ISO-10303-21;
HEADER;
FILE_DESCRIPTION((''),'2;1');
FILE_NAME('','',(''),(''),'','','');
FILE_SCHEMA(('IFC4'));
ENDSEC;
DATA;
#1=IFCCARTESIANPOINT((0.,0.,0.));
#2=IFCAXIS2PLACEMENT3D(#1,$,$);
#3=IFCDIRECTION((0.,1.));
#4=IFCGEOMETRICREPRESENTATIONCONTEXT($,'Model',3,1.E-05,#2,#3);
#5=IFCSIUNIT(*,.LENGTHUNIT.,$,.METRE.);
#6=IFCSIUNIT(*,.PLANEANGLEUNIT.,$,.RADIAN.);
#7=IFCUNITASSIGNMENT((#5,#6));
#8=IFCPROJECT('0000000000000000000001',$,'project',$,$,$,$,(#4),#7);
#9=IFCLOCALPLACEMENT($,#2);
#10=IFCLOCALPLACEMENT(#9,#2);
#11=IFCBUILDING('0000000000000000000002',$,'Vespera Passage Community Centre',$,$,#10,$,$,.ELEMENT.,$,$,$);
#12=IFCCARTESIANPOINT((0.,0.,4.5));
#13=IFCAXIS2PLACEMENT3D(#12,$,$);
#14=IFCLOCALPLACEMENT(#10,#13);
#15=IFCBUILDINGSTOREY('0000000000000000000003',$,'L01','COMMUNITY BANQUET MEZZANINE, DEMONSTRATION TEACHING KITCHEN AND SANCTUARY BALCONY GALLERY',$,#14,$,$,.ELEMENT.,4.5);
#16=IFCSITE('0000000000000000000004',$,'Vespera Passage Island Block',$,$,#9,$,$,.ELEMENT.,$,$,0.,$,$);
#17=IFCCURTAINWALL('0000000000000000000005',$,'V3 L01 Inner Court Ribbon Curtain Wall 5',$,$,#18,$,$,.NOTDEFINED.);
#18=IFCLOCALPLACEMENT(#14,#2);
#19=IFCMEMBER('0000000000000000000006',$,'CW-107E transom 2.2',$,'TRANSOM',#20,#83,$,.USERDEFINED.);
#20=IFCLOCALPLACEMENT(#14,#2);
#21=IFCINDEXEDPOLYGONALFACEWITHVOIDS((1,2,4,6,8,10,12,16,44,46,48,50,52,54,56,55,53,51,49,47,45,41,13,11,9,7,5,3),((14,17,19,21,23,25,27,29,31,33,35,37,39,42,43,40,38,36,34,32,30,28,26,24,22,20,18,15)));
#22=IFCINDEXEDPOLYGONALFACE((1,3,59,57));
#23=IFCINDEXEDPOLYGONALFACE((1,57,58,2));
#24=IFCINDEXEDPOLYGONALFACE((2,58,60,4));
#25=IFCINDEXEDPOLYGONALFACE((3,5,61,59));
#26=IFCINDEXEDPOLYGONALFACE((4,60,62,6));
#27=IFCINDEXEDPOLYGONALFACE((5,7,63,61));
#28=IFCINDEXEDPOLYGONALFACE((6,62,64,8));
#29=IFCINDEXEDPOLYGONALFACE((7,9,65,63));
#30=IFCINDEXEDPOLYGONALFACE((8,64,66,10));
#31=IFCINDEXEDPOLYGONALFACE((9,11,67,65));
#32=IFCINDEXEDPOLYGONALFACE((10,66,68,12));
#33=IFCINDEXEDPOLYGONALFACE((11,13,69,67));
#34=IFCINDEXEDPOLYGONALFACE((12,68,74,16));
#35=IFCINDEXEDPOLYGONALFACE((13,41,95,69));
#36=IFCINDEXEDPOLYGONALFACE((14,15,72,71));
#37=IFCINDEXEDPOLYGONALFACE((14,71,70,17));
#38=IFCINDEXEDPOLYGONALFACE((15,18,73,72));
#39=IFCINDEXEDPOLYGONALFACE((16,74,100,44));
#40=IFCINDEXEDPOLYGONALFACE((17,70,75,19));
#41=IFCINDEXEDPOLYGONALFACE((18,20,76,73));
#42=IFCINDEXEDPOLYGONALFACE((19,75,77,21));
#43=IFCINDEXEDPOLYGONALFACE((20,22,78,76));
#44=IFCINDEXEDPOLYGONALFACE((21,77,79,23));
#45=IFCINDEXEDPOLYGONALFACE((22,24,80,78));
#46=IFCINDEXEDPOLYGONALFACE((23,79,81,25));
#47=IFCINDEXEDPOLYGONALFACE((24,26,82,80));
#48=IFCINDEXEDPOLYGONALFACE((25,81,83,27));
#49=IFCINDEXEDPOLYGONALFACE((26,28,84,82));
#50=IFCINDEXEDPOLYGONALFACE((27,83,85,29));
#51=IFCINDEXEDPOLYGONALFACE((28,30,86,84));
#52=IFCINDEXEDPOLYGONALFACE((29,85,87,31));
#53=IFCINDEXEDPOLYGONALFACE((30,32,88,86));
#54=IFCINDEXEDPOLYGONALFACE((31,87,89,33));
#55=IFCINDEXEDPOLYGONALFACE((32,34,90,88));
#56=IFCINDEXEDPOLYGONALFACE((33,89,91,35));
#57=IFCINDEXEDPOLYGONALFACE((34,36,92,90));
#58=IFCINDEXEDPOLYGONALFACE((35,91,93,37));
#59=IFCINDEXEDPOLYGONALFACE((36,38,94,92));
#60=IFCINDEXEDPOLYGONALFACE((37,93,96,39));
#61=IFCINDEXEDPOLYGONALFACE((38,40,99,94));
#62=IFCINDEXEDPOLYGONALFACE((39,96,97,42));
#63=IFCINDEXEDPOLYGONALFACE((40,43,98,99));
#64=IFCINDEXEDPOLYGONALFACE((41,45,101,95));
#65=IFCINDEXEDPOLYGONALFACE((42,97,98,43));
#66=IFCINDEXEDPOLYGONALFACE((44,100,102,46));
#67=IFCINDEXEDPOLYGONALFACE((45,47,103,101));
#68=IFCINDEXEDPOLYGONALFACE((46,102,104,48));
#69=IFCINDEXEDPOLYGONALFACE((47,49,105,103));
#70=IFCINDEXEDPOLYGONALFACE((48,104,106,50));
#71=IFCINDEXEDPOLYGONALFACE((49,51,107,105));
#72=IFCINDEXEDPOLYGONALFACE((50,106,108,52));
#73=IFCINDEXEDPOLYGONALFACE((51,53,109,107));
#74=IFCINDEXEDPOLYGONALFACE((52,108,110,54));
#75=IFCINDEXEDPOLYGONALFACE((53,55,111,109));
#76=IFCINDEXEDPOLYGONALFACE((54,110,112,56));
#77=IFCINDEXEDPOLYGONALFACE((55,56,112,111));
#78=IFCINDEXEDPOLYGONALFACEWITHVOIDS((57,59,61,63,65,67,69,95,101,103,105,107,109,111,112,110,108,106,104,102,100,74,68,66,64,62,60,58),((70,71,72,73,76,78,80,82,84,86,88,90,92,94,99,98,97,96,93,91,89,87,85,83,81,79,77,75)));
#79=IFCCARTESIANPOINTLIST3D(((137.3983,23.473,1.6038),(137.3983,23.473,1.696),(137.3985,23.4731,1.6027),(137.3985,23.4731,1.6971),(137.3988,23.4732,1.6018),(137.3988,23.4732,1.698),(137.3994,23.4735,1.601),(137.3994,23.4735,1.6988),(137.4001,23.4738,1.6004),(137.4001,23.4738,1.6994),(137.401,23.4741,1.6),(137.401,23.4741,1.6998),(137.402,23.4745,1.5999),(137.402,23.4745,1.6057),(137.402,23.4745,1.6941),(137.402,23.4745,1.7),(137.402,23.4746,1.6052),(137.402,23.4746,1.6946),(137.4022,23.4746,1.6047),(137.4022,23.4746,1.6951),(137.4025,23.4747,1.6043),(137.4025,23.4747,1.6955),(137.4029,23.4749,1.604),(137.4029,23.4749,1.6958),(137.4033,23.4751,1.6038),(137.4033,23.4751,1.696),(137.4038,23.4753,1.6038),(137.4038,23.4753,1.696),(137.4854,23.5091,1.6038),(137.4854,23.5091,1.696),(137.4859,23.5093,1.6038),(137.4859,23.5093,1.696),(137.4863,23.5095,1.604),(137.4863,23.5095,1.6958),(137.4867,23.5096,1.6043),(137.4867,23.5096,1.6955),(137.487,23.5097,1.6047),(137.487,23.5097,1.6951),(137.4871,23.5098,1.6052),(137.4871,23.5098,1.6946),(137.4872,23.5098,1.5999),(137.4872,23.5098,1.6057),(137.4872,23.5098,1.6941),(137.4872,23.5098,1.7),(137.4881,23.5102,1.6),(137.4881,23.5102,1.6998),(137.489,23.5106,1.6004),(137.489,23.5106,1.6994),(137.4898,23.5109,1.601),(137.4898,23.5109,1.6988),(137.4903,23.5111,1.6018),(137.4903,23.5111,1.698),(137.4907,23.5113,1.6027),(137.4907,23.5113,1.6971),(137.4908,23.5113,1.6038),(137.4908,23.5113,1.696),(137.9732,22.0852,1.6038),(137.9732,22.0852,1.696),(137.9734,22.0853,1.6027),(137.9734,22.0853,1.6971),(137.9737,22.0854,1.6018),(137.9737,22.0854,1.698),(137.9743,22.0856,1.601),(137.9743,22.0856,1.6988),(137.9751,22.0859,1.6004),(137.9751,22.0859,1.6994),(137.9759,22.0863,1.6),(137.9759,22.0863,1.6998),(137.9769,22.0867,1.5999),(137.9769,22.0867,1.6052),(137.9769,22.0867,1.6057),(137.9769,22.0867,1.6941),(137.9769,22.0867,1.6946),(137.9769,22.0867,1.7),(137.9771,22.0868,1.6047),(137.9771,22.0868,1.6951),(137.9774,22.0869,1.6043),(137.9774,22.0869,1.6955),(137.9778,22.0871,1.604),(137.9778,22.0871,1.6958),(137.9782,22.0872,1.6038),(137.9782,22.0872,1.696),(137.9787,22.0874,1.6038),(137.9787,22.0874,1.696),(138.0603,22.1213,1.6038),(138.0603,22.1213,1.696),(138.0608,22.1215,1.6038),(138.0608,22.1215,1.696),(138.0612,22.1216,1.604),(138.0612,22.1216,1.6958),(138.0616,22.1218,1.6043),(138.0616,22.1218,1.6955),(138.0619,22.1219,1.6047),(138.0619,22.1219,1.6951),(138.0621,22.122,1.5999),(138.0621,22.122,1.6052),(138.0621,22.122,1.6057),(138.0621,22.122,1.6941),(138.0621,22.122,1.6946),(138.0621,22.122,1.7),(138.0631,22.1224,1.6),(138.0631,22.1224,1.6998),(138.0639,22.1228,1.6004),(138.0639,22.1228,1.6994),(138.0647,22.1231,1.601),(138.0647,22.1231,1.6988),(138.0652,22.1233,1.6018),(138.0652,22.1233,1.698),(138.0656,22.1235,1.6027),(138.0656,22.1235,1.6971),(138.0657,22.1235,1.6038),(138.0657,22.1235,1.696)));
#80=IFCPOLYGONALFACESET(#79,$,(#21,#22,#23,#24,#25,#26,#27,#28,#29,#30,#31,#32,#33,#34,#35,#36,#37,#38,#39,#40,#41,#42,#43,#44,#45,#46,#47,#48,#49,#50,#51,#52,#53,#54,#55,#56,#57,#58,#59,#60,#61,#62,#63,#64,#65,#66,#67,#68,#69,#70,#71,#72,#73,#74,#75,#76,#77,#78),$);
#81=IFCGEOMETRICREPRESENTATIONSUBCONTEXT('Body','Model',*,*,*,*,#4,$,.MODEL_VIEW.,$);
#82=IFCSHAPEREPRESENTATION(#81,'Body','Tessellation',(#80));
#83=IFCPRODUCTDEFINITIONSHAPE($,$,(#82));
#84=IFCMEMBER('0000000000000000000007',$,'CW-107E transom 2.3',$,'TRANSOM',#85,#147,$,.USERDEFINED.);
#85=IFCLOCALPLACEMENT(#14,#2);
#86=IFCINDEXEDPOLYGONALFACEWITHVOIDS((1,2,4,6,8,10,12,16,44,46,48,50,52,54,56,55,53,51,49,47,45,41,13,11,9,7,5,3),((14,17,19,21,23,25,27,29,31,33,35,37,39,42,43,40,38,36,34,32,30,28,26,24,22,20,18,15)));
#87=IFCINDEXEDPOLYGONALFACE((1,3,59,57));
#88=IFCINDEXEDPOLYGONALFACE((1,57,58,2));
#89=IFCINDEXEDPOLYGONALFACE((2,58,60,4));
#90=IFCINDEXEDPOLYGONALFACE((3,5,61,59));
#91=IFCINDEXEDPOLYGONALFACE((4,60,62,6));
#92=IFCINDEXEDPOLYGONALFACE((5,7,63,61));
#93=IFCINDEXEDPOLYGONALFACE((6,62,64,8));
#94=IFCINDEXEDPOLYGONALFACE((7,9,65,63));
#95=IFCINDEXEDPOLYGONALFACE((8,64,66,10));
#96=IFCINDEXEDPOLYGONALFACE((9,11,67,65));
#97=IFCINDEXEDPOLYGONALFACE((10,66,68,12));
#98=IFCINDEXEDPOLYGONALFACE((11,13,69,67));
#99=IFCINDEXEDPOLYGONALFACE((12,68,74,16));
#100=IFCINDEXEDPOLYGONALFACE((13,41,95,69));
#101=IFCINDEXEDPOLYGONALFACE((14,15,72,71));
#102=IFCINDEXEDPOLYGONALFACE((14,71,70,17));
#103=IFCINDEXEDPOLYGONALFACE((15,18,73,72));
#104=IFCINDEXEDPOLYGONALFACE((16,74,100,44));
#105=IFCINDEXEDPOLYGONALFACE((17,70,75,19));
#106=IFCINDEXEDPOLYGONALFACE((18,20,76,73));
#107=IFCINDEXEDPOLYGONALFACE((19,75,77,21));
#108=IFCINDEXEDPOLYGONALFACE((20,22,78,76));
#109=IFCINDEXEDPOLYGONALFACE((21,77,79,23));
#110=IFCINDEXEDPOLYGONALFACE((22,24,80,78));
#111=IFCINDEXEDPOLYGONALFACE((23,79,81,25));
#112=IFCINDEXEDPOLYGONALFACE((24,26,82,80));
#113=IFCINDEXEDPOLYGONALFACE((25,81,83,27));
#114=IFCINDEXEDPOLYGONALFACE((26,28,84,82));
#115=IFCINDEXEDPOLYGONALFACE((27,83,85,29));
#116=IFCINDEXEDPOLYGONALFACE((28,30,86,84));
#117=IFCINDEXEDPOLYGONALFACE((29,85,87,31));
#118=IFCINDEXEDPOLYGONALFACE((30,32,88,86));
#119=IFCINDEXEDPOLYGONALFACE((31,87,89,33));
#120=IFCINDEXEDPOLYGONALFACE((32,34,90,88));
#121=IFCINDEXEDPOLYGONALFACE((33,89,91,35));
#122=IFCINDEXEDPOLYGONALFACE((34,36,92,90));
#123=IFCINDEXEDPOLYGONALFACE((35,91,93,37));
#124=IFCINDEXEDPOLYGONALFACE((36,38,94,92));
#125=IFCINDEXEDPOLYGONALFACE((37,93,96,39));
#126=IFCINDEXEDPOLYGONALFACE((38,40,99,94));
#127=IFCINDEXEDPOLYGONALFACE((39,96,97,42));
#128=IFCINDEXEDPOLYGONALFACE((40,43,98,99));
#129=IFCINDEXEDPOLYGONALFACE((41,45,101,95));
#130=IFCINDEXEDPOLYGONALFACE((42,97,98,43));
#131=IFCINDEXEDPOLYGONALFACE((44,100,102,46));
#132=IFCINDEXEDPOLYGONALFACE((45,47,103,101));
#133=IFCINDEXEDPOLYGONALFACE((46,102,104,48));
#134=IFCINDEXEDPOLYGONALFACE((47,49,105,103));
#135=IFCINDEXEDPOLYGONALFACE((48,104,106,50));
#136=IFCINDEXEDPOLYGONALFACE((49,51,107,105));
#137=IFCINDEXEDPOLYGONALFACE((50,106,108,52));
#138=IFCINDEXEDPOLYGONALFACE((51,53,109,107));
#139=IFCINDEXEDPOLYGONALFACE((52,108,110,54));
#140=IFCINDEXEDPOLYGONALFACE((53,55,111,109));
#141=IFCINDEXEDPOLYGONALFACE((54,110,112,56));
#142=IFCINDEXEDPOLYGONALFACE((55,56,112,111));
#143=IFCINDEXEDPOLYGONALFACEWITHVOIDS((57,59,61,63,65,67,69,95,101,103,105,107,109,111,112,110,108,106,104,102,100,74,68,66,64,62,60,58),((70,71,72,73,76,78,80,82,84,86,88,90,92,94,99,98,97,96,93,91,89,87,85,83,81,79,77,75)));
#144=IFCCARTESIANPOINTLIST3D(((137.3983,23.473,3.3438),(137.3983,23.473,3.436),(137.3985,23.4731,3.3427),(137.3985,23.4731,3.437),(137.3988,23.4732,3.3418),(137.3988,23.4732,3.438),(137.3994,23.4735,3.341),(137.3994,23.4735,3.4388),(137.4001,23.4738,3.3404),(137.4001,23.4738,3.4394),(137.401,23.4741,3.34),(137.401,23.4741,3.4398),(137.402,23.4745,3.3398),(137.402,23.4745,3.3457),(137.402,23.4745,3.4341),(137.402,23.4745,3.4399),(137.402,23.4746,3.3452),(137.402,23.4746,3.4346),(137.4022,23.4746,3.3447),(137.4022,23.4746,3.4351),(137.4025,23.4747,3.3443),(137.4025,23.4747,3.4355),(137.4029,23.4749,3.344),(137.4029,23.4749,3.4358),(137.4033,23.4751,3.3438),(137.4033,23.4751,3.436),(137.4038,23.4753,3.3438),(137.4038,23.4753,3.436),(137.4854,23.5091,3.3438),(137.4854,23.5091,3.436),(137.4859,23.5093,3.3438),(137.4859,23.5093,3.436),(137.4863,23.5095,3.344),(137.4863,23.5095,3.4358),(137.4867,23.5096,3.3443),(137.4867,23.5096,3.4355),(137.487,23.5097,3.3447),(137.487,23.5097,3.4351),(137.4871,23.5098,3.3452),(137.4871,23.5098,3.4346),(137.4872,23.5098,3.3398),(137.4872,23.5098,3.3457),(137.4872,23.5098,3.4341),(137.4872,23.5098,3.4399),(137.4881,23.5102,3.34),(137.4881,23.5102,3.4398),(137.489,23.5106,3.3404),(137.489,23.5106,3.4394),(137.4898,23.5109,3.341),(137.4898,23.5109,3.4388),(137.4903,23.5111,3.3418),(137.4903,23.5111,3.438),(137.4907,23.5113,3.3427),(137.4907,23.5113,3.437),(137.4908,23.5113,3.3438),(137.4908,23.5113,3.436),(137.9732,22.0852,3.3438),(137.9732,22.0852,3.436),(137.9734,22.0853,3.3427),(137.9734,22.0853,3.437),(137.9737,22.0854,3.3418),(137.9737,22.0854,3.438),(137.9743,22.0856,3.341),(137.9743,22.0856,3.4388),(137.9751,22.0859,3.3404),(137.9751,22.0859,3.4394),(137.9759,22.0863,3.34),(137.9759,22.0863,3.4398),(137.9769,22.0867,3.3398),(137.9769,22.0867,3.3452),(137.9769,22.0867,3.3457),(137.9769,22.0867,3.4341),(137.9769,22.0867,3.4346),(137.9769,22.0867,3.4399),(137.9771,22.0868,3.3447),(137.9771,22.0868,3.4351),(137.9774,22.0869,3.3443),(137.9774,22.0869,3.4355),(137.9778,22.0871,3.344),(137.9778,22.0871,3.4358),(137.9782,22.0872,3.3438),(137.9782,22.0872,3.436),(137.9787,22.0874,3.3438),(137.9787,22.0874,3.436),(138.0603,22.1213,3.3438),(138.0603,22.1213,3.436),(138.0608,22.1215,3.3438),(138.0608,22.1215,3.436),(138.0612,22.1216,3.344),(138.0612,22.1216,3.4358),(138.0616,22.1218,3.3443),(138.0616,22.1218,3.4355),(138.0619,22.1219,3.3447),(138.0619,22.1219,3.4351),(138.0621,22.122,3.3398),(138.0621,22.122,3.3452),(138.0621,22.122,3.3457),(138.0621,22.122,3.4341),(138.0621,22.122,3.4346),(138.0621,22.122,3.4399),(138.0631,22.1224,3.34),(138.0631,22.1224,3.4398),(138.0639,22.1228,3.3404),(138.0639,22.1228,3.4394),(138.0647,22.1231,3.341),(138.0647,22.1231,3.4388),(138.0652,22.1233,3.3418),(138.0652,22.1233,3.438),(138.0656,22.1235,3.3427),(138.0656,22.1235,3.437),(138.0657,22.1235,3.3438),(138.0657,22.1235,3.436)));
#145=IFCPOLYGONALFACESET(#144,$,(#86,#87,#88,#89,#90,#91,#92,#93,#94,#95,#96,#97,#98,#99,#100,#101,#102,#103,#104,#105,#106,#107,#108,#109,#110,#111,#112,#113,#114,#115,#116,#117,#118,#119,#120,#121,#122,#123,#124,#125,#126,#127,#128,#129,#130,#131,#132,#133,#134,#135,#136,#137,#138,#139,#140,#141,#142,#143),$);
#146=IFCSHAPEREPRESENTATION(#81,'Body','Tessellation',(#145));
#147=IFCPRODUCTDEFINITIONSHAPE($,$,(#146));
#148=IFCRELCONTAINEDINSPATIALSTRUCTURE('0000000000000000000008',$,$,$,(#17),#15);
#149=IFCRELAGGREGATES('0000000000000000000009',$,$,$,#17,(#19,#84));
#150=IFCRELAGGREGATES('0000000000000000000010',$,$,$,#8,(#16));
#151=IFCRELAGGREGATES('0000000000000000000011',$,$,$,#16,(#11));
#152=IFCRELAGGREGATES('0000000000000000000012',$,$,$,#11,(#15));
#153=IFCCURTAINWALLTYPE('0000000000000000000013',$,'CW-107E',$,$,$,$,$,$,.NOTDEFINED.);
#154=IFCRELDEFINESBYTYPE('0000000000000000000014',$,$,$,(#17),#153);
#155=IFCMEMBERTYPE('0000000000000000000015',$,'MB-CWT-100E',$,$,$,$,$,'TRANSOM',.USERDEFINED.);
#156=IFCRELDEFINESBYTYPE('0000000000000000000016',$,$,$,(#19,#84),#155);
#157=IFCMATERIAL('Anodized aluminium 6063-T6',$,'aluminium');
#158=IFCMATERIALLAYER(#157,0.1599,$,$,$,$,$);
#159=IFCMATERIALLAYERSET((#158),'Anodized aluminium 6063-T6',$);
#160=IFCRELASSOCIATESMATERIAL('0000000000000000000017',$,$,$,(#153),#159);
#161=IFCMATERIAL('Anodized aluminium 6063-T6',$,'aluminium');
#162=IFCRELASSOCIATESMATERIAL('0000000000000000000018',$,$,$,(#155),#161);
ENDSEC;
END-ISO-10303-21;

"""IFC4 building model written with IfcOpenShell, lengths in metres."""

from ifc_helpers import new_model, si_unit, direction, frame, origin, origin_2d, place, context, subcontext, project, spatial, hollow_rectangle, extrude, material, layer, layer_set, material_profile, profile_set, type_object, element, aggregate, save


model = new_model("IFC4")

# Units and contexts
model_context = context("Model", 3, precision=1e-05, world=origin(), true_north=direction((0.0, 1.0)))
body_context = subcontext(model_context, "Body", "Model", "MODEL_VIEW")
ifc_project = project(units=[si_unit("LENGTHUNIT", "METRE"), si_unit("PLANEANGLEUNIT", "RADIAN")], contexts=[model_context])

# Site, building, storey
site_placement = place(None, origin())
site = spatial("IfcSite", under=ifc_project, at=site_placement, Name="Vespera Passage Island Block", CompositionType="ELEMENT", RefElevation=0.0)
building_placement = place(site_placement, origin())
building = spatial("IfcBuilding", under=site, at=building_placement, Name="Vespera Passage Community Centre", CompositionType="ELEMENT")
storey_placement = place(building_placement, frame((0.0, 0.0, 4.5)))
storey = spatial("IfcBuildingStorey", under=building, at=storey_placement, Name="L01", Description="COMMUNITY BANQUET MEZZANINE, DEMONSTRATION TEACHING KITCHEN AND SANCTUARY BALCONY GALLERY", CompositionType="ELEMENT", Elevation=4.5)

# Curtain wall
ifc_material_1 = material(Name="Anodized aluminium 6063-T6", Category="aluminium")
ifc_layer_1 = layer(ifc_material_1, 0.1599)
ifc_layer_set_1 = layer_set([ifc_layer_1], Name="Anodized aluminium 6063-T6")
curtain_wall_type = type_object("IfcCurtainWallType", Name="CW-107E", PredefinedType="NOTDEFINED", material=ifc_layer_set_1)
curtain_wall_1_placement = place(storey_placement, origin())
curtain_wall_1 = element("IfcCurtainWall", 1, at=curtain_wall_1_placement, inside=storey, type_object=curtain_wall_type, Name="V3 L01 Inner Court Ribbon Curtain Wall 5", PredefinedType="NOTDEFINED")

# Members
ifc_material_2 = material(Name="Anodized aluminium 6063-T6", Category="aluminium")
ifc_material_profile_1 = material_profile(ifc_material_2, hollow_rectangle(XDim=0.1001, YDim=0.1001, WallThickness=0.0039, InnerFilletRadius=0.002, OuterFilletRadius=0.0039, at=origin_2d()), Name="ALU100X100X4")
ifc_profile_set_1 = profile_set([ifc_material_profile_1], Name="Anodized aluminium 6063-T6")
member_type_1 = type_object("IfcMemberType", Name="MB-CWT-100E", ElementType="TRANSOM", PredefinedType="USERDEFINED", material=ifc_profile_set_1)
member_1_placement = place(storey_placement, frame((137.4446, 23.4922, 1.6499), z_axis=(0.382711, -0.923868, 0.0), x_axis=(0.923868, 0.382711, 0.0)))
member_1 = element("IfcMember", 2, at=member_1_placement, type_object=member_type_1, Name="CW-107E transom 2.2", ObjectType="TRANSOM", PredefinedType="USERDEFINED", context=body_context, shape_type="SweptSolid", body=[
    extrude(hollow_rectangle(XDim=0.1001, YDim=0.1001, WallThickness=0.0039, InnerFilletRadius=0.002, OuterFilletRadius=0.0039, at=origin_2d()), origin(), (0.0, 0.0, 1.0), 1.5022),
])
member_2_placement = place(storey_placement, frame((137.4446, 23.4922, 3.3899), z_axis=(0.382711, -0.923868, 0.0), x_axis=(0.923868, 0.382711, 0.0)))
member_2 = element("IfcMember", 3, at=member_2_placement, type_object=member_type_1, Name="CW-107E transom 2.3", ObjectType="TRANSOM", PredefinedType="USERDEFINED", context=body_context, shape_type="SweptSolid", body=[
    extrude(hollow_rectangle(XDim=0.1001, YDim=0.1001, WallThickness=0.0039, InnerFilletRadius=0.002, OuterFilletRadius=0.0039, at=origin_2d()), origin(), (0.0, 0.0, 1.0), 1.5022),
])

aggregate(curtain_wall_1, [member_1, member_2])

save(model, "model.ifc")
